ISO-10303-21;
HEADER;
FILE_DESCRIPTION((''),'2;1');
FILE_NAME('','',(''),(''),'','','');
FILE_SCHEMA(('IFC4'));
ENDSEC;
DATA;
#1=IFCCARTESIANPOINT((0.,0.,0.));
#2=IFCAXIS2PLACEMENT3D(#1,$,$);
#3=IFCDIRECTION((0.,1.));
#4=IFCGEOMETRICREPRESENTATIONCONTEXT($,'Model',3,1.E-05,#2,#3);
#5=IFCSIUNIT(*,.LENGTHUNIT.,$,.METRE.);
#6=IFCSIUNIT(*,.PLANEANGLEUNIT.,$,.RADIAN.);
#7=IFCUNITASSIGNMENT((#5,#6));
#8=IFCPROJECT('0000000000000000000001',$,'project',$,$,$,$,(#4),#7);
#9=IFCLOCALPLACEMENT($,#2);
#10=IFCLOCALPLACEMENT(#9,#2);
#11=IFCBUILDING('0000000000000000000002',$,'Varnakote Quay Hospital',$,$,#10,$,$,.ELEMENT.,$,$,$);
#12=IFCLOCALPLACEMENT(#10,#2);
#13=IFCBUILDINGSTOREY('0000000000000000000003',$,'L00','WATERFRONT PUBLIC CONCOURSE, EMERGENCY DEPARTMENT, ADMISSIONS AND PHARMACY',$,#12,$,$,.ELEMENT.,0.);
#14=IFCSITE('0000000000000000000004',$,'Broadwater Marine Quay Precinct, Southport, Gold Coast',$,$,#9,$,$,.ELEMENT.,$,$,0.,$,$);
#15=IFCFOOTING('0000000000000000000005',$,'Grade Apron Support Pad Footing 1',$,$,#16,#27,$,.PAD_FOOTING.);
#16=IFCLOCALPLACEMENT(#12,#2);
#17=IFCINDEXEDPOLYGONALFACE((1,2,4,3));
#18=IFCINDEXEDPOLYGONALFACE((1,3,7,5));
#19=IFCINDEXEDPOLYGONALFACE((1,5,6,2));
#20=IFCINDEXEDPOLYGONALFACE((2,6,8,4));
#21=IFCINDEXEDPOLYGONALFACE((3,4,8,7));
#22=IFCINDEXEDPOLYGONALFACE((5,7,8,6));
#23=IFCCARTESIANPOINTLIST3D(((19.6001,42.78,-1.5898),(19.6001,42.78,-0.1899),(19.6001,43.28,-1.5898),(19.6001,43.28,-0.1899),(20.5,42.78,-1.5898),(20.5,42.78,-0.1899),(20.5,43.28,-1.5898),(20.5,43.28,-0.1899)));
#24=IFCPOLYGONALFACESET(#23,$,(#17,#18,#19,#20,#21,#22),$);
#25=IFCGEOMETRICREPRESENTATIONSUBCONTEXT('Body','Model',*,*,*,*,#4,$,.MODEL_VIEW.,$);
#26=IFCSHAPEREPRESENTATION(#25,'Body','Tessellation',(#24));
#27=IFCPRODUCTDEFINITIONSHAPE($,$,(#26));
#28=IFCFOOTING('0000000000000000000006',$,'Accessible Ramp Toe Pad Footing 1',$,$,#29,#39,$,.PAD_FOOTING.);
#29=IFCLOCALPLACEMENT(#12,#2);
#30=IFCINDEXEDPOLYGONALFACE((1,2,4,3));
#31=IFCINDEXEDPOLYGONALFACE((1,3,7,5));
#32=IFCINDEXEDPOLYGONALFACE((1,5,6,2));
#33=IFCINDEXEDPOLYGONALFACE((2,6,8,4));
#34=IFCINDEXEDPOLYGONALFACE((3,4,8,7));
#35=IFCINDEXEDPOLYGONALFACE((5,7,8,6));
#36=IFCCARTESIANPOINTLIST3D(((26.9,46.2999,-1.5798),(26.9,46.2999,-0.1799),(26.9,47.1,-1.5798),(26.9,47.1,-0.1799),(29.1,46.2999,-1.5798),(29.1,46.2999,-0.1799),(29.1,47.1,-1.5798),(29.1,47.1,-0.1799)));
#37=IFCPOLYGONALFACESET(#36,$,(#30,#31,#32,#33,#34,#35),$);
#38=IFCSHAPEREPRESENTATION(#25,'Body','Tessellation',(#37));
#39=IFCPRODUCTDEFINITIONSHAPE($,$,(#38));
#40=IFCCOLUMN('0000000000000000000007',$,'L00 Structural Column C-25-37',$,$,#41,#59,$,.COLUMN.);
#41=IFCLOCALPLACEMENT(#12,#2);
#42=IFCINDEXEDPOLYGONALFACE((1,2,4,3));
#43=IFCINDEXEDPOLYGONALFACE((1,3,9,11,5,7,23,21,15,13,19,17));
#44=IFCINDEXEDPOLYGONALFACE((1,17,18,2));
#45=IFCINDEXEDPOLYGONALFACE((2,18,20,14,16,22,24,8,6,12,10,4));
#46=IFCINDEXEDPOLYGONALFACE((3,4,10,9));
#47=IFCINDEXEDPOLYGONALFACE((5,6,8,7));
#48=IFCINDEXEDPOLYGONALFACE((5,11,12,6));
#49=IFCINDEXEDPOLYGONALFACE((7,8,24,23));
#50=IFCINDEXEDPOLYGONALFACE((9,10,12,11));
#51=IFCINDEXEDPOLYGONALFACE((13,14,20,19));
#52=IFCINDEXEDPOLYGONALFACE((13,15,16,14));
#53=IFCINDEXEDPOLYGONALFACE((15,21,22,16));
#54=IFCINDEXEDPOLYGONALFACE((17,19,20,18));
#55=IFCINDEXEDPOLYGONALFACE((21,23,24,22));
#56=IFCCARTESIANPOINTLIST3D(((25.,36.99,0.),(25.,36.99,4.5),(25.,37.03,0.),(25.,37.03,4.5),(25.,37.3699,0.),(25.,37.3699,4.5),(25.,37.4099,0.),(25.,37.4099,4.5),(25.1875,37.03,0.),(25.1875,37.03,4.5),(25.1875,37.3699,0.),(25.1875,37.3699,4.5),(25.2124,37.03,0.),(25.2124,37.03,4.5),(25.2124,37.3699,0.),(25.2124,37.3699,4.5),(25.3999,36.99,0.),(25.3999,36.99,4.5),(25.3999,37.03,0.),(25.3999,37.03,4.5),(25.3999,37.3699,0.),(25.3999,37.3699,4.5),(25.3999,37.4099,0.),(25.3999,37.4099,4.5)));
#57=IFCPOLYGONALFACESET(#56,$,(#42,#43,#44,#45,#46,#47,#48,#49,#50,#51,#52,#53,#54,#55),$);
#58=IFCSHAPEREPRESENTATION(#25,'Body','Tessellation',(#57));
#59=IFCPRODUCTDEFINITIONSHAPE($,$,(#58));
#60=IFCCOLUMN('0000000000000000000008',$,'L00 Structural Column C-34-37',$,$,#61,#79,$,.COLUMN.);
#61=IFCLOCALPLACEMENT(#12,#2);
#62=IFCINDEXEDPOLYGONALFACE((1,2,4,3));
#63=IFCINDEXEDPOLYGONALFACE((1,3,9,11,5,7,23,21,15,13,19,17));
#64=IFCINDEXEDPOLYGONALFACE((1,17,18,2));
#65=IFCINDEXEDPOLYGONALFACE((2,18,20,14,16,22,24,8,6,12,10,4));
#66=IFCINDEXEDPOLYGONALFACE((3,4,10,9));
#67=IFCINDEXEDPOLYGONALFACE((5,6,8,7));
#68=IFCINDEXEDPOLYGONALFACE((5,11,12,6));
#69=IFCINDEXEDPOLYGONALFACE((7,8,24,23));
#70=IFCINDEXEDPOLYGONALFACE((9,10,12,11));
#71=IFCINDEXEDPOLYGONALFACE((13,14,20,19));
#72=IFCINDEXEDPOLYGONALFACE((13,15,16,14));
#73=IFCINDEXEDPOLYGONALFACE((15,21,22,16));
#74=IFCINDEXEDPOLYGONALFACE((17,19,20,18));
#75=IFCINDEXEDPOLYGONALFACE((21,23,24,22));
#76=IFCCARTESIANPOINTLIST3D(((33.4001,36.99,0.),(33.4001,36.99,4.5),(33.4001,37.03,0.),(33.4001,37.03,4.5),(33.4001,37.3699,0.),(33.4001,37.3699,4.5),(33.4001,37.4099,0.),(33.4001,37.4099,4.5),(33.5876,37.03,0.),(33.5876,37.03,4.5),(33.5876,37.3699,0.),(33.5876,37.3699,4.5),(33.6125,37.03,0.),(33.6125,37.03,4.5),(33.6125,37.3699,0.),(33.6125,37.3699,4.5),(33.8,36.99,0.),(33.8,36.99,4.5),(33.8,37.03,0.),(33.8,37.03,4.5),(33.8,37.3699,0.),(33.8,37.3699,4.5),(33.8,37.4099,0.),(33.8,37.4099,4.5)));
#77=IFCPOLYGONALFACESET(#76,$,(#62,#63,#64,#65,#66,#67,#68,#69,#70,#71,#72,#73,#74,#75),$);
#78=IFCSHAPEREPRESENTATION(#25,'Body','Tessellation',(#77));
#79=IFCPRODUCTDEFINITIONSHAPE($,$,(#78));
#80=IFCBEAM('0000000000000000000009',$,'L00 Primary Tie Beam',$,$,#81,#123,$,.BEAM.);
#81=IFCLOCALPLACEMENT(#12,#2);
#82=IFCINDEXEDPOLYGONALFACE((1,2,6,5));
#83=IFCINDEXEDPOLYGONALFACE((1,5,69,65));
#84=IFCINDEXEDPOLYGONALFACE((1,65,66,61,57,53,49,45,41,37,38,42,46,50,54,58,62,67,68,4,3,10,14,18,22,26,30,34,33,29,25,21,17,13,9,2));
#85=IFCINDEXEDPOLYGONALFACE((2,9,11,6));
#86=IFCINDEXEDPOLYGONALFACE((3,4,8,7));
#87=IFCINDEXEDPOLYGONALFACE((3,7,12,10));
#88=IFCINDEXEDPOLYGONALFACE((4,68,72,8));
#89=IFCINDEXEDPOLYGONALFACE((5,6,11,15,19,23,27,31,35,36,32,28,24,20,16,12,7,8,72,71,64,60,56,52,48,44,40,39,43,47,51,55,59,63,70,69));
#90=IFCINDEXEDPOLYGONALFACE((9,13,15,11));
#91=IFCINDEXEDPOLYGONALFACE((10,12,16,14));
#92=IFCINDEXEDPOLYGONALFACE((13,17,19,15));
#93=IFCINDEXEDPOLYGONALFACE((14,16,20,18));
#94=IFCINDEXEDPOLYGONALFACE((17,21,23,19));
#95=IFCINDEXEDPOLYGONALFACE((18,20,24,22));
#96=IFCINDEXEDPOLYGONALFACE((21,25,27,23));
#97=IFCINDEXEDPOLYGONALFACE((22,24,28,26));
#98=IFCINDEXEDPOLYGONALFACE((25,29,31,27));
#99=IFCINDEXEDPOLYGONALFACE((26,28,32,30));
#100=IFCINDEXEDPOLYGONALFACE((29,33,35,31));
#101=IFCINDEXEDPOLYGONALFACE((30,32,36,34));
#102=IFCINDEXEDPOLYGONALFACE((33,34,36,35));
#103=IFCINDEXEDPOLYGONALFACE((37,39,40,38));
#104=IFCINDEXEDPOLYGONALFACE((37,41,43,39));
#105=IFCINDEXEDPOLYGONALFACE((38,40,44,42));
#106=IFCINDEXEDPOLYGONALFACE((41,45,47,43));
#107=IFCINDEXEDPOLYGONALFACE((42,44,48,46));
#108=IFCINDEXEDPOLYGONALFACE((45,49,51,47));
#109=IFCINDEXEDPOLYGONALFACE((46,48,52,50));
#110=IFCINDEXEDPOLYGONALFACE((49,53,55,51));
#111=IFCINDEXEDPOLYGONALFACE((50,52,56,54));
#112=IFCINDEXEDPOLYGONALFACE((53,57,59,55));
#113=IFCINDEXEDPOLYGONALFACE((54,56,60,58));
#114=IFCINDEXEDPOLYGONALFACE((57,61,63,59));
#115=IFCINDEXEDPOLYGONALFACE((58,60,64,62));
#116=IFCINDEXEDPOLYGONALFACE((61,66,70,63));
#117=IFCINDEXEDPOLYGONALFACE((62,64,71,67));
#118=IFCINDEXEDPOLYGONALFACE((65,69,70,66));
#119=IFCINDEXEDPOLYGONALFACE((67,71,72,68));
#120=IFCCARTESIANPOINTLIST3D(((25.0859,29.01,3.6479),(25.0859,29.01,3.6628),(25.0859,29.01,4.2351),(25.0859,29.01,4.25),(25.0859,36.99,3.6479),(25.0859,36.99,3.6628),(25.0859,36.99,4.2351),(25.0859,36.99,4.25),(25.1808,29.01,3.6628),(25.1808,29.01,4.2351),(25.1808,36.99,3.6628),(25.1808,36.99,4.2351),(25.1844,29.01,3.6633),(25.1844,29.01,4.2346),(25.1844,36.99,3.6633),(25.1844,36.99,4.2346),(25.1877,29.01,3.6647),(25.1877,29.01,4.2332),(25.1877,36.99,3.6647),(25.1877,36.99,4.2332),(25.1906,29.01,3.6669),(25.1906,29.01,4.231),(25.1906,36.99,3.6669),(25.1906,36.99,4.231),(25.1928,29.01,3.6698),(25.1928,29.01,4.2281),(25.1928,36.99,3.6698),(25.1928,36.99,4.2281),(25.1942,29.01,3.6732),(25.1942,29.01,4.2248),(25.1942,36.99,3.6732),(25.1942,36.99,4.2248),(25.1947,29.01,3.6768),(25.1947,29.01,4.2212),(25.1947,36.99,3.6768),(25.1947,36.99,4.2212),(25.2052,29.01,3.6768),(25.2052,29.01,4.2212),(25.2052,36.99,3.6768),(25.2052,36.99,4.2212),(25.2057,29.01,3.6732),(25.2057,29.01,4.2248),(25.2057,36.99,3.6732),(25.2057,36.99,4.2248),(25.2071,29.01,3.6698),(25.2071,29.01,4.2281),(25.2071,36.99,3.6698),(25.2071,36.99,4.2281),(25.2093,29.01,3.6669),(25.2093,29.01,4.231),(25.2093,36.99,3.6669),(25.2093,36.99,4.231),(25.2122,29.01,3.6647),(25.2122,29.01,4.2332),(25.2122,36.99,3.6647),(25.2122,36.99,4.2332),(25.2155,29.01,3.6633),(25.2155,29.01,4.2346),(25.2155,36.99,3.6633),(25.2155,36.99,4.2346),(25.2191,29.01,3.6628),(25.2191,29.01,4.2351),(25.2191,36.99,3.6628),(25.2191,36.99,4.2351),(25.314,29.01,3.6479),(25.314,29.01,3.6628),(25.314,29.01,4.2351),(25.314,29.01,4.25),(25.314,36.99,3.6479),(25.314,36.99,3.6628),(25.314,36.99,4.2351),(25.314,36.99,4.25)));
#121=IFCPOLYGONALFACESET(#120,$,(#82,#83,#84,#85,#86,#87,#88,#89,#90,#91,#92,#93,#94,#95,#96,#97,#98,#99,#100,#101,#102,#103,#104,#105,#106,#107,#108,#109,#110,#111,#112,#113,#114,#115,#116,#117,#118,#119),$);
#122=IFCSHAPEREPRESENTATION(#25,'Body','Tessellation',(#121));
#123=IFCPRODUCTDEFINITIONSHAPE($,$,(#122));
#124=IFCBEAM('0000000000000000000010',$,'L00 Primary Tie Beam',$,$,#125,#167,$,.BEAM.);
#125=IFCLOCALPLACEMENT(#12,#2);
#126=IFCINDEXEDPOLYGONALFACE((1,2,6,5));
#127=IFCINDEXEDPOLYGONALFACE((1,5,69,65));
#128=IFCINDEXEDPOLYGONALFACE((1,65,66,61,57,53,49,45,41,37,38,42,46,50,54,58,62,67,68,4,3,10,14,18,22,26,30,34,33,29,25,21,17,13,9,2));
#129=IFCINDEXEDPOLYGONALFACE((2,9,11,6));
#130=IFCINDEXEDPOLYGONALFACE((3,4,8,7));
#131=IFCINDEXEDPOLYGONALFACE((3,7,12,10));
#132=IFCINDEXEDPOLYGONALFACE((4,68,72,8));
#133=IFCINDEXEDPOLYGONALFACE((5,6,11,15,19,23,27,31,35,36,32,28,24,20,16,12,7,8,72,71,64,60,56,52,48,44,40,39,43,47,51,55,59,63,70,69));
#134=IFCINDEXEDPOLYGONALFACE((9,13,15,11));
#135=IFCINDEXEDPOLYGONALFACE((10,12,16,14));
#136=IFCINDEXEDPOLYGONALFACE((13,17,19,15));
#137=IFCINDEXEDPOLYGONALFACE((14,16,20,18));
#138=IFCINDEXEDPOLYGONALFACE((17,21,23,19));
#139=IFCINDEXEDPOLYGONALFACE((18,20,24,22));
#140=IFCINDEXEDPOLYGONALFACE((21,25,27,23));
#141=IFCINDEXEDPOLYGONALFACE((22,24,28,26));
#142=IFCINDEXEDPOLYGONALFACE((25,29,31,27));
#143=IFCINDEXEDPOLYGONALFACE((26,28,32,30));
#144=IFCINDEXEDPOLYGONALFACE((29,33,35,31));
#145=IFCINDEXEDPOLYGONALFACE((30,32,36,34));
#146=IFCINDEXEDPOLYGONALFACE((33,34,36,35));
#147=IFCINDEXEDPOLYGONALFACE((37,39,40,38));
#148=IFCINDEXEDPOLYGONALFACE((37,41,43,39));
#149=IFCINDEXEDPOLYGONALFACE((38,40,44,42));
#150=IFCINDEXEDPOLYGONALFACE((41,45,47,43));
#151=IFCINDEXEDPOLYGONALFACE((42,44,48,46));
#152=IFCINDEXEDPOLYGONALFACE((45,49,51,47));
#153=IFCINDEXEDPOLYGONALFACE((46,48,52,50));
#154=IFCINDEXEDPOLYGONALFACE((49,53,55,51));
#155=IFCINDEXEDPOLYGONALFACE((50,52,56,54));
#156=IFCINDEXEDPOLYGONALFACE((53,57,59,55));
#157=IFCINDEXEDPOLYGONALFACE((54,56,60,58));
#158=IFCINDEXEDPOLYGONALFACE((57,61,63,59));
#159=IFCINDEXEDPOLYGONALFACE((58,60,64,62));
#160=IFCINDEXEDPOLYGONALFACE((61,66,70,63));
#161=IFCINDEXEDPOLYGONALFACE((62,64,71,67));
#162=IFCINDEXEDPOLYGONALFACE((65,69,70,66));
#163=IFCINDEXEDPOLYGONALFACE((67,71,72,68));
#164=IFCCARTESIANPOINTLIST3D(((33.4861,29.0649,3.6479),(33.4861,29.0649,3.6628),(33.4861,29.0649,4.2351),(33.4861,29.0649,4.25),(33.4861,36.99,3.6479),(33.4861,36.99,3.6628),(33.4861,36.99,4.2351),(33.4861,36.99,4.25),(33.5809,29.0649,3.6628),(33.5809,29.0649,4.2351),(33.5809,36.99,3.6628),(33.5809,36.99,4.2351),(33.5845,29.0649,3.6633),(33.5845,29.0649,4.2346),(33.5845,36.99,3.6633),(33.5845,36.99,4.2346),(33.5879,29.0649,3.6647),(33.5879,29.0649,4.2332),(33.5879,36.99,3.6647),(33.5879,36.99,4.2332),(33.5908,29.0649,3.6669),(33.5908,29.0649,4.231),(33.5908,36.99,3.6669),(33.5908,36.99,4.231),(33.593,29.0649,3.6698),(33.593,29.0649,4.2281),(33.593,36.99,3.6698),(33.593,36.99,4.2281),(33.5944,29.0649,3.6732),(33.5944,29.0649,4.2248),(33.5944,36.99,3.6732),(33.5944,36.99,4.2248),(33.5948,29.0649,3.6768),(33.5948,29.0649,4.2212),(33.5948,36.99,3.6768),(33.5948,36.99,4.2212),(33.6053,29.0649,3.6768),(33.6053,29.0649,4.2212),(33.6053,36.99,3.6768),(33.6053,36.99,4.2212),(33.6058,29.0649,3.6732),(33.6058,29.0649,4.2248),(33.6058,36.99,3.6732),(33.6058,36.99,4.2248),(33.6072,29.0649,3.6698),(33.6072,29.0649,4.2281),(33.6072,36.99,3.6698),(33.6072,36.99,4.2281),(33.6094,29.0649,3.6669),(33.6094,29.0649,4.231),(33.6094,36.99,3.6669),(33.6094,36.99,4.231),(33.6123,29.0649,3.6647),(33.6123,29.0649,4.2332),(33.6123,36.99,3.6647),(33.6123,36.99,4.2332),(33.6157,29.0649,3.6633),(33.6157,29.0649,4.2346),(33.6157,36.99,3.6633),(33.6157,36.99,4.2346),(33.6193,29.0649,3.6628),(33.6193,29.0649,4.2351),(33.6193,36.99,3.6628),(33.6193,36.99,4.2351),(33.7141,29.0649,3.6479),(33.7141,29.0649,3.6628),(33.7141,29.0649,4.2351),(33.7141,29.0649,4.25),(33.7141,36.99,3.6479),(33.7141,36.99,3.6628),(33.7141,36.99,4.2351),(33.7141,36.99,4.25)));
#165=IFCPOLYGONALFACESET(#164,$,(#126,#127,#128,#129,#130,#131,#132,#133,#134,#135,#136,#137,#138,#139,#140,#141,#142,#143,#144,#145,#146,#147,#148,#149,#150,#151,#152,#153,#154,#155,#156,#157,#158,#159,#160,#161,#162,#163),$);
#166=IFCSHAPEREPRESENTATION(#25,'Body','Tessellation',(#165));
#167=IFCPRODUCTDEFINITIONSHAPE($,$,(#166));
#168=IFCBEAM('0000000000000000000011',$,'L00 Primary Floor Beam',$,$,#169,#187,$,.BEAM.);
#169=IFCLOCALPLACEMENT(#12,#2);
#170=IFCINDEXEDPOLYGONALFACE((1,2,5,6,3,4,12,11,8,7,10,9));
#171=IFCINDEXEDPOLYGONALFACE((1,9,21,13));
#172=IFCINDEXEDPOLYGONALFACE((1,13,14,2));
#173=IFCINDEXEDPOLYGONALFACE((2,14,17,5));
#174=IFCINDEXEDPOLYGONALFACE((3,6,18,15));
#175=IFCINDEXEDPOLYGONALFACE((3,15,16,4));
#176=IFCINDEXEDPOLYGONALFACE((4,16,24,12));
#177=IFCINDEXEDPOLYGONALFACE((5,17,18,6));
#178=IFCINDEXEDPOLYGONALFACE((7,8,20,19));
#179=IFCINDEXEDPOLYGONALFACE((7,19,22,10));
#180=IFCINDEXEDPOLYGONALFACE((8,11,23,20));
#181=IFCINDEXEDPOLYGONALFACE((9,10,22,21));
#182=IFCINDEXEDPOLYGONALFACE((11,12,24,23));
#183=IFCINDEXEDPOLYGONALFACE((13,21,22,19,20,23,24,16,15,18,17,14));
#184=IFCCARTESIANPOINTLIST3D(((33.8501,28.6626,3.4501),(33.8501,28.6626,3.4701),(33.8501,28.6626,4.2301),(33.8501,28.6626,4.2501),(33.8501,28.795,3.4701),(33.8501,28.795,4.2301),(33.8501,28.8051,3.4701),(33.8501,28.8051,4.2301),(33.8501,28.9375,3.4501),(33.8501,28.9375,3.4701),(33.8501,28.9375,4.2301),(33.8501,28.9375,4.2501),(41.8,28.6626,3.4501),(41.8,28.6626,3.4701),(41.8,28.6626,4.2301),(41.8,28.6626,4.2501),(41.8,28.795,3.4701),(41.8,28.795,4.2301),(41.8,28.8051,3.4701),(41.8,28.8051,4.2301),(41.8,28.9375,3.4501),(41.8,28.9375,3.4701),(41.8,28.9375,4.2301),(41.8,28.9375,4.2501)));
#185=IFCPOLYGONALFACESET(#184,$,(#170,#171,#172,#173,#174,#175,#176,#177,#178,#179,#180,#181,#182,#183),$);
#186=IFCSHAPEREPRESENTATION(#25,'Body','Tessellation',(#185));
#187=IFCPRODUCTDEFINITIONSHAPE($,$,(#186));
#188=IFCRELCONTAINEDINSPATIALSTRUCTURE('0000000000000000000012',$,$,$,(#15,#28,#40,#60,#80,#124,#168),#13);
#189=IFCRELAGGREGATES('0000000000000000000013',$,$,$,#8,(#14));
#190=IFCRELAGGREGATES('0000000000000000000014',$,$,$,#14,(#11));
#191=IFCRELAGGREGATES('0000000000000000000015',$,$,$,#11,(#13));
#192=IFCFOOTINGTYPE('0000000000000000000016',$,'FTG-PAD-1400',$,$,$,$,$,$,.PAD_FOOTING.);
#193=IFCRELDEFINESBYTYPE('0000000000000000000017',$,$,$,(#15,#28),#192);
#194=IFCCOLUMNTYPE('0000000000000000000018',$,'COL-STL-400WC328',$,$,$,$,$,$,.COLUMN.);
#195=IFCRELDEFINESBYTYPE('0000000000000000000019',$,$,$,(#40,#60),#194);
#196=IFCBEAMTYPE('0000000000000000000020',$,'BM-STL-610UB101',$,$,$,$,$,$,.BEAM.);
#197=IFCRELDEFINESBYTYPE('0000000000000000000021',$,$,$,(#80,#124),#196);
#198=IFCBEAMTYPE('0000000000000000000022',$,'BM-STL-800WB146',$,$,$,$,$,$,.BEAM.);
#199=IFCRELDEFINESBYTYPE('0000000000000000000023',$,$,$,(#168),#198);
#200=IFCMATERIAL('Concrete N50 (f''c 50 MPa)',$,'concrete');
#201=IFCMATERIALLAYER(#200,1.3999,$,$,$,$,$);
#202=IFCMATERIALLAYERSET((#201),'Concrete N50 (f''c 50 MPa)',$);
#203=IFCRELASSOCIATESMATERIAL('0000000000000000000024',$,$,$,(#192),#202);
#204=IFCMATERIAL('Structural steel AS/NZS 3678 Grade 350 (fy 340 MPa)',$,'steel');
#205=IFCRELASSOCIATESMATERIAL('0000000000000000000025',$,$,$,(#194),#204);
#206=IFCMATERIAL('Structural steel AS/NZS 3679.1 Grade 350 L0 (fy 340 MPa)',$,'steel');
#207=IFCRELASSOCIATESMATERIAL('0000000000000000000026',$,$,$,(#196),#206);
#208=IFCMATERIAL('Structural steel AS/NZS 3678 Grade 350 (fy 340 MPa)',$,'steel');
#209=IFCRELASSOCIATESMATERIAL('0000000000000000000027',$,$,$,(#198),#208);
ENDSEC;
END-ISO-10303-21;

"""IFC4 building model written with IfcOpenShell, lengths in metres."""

from ifc_helpers import new_model, si_unit, direction, frame, origin, origin_2d, place, context, subcontext, project, spatial, rectangle, i_section, extrude, material, layer, layer_set, material_profile, profile_set, type_object, element, save


model = new_model("IFC4")

# Units and contexts
model_context = context("Model", 3, precision=1e-05, world=origin(), true_north=direction((0.0, 1.0)))
body_context = subcontext(model_context, "Body", "Model", "MODEL_VIEW")
ifc_project = project(units=[si_unit("LENGTHUNIT", "METRE"), si_unit("PLANEANGLEUNIT", "RADIAN")], contexts=[model_context])

# Site, building, storey
site_placement = place(None, origin())
site = spatial("IfcSite", under=ifc_project, at=site_placement, Name="Broadwater Marine Quay Precinct, Southport, Gold Coast", CompositionType="ELEMENT", RefElevation=0.0)
building_placement = place(site_placement, origin())
building = spatial("IfcBuilding", under=site, at=building_placement, Name="Varnakote Quay Hospital", CompositionType="ELEMENT")
storey_placement = place(building_placement, origin())
storey = spatial("IfcBuildingStorey", under=building, at=storey_placement, Name="L00", Description="WATERFRONT PUBLIC CONCOURSE, EMERGENCY DEPARTMENT, ADMISSIONS AND PHARMACY", CompositionType="ELEMENT", Elevation=0.0)

# Footings
ifc_material_1 = material(Name="Concrete N50 (f'c 50 MPa)", Category="concrete")
ifc_layer_1 = layer(ifc_material_1, 1.3999)
ifc_layer_set_1 = layer_set([ifc_layer_1], Name="Concrete N50 (f'c 50 MPa)")
footing_type = type_object("IfcFootingType", Name="FTG-PAD-1400", PredefinedType="PAD_FOOTING", material=ifc_layer_set_1)
footing_1_placement = place(storey_placement, frame((20.05, 43.03, -1.5898), z_axis=(0.0, 0.0, 1.0), x_axis=(1.0, 0.0, 0.0)))
element("IfcFooting", 1, at=footing_1_placement, inside=storey, type_object=footing_type, Name="Grade Apron Support Pad Footing 1", PredefinedType="PAD_FOOTING", context=body_context, shape_type="SweptSolid", body=[
    extrude(rectangle(XDim=0.8999, YDim=0.5, at=origin_2d()), origin(), (0.0, 0.0, 1.0), 1.3999),
])
footing_2_placement = place(storey_placement, frame((28.0, 46.7, -1.5798), z_axis=(0.0, 0.0, 1.0), x_axis=(1.0, 0.0, 0.0)))
element("IfcFooting", 2, at=footing_2_placement, inside=storey, type_object=footing_type, Name="Accessible Ramp Toe Pad Footing 1", PredefinedType="PAD_FOOTING", context=body_context, shape_type="SweptSolid", body=[
    extrude(rectangle(XDim=2.2, YDim=0.8, at=origin_2d()), origin(), (0.0, 0.0, 1.0), 1.3999),
])

# Columns
ifc_material_2 = material(Name="Structural steel AS/NZS 3678 Grade 350 (fy 340 MPa)", Category="steel")
ifc_material_profile_1 = material_profile(ifc_material_2, i_section(OverallWidth=0.3999, OverallDepth=0.4199, WebThickness=0.0249, FlangeThickness=0.04, at=origin_2d()), Name="400WC328")
ifc_profile_set_1 = profile_set([ifc_material_profile_1], Name="Structural steel AS/NZS 3678 Grade 350 (fy 340 MPa)")
column_type = type_object("IfcColumnType", Name="COL-STL-400WC328", PredefinedType="COLUMN", material=ifc_profile_set_1)
for number, where, z_axis, x_axis, name in (
    (3, (25.2, 37.2, 0.0), (0.0, 0.0, 1.0), (1.0, 0.0, 0.0), "L00 Structural Column C-25-37"),
    (4, (33.6001, 37.2, 0.0), (0.0, 0.0, 1.0), (1.0, 0.0, 0.0), "L00 Structural Column C-34-37"),
):
    element("IfcColumn", number, at=place(storey_placement, frame(where, z_axis=z_axis, x_axis=x_axis)), inside=storey, type_object=column_type, Name=name, PredefinedType="COLUMN", context=body_context, shape_type="SweptSolid", body=[
        extrude(i_section(OverallWidth=0.3999, OverallDepth=0.4199, WebThickness=0.0249, FlangeThickness=0.04, at=origin_2d()), origin(), (0.0, 0.0, 1.0), 4.5),
    ])

# Beams
ifc_material_3 = material(Name="Structural steel AS/NZS 3679.1 Grade 350 L0 (fy 340 MPa)", Category="steel")
ifc_material_profile_2 = material_profile(ifc_material_3, i_section(OverallWidth=0.228, OverallDepth=0.6021, WebThickness=0.0105, FlangeThickness=0.0149, FilletRadius=0.0139, at=origin_2d()), Name="610UB101")
ifc_profile_set_2 = profile_set([ifc_material_profile_2], Name="Structural steel AS/NZS 3679.1 Grade 350 L0 (fy 340 MPa)")
beam_type_1 = type_object("IfcBeamType", Name="BM-STL-610UB101", PredefinedType="BEAM", material=ifc_profile_set_2)
beam_1_placement = place(storey_placement, frame((25.2, 29.01, 3.949), z_axis=(0.0, 1.0, 0.0), x_axis=(-1.0, 0.0, 0.0)))
element("IfcBeam", 5, at=beam_1_placement, inside=storey, type_object=beam_type_1, Name="L00 Primary Tie Beam", PredefinedType="BEAM", context=body_context, shape_type="SweptSolid", body=[
    extrude(i_section(OverallWidth=0.228, OverallDepth=0.6021, WebThickness=0.0105, FlangeThickness=0.0149, FilletRadius=0.0139, at=origin_2d()), origin(), (0.0, 0.0, 1.0), 7.98),
])
beam_2_placement = place(storey_placement, frame((33.6001, 29.0649, 3.949), z_axis=(0.0, 1.0, 0.0), x_axis=(-1.0, 0.0, 0.0)))
element("IfcBeam", 6, at=beam_2_placement, inside=storey, type_object=beam_type_1, Name="L00 Primary Tie Beam", PredefinedType="BEAM", context=body_context, shape_type="SweptSolid", body=[
    extrude(i_section(OverallWidth=0.228, OverallDepth=0.6021, WebThickness=0.0105, FlangeThickness=0.0149, FilletRadius=0.0139, at=origin_2d()), origin(), (0.0, 0.0, 1.0), 7.925),
])
ifc_material_4 = material(Name="Structural steel AS/NZS 3678 Grade 350 (fy 340 MPa)", Category="steel")
ifc_material_profile_3 = material_profile(ifc_material_4, i_section(OverallWidth=0.2749, OverallDepth=0.8, WebThickness=0.01, FlangeThickness=0.02, at=origin_2d()), Name="800WB146")
ifc_profile_set_3 = profile_set([ifc_material_profile_3], Name="Structural steel AS/NZS 3678 Grade 350 (fy 340 MPa)")
beam_type_2 = type_object("IfcBeamType", Name="BM-STL-800WB146", PredefinedType="BEAM", material=ifc_profile_set_3)
beam_3_placement = place(storey_placement, frame((33.8501, 28.8, 3.8501), z_axis=(1.0, 0.0, 0.0), x_axis=(0.0, 1.0, 0.0)))
element("IfcBeam", 7, at=beam_3_placement, inside=storey, type_object=beam_type_2, Name="L00 Primary Floor Beam", PredefinedType="BEAM", context=body_context, shape_type="SweptSolid", body=[
    extrude(i_section(OverallWidth=0.2749, OverallDepth=0.8, WebThickness=0.01, FlangeThickness=0.02, at=origin_2d()), origin(), (0.0, 0.0, 1.0), 7.95),
])

save(model, "model.ifc")
